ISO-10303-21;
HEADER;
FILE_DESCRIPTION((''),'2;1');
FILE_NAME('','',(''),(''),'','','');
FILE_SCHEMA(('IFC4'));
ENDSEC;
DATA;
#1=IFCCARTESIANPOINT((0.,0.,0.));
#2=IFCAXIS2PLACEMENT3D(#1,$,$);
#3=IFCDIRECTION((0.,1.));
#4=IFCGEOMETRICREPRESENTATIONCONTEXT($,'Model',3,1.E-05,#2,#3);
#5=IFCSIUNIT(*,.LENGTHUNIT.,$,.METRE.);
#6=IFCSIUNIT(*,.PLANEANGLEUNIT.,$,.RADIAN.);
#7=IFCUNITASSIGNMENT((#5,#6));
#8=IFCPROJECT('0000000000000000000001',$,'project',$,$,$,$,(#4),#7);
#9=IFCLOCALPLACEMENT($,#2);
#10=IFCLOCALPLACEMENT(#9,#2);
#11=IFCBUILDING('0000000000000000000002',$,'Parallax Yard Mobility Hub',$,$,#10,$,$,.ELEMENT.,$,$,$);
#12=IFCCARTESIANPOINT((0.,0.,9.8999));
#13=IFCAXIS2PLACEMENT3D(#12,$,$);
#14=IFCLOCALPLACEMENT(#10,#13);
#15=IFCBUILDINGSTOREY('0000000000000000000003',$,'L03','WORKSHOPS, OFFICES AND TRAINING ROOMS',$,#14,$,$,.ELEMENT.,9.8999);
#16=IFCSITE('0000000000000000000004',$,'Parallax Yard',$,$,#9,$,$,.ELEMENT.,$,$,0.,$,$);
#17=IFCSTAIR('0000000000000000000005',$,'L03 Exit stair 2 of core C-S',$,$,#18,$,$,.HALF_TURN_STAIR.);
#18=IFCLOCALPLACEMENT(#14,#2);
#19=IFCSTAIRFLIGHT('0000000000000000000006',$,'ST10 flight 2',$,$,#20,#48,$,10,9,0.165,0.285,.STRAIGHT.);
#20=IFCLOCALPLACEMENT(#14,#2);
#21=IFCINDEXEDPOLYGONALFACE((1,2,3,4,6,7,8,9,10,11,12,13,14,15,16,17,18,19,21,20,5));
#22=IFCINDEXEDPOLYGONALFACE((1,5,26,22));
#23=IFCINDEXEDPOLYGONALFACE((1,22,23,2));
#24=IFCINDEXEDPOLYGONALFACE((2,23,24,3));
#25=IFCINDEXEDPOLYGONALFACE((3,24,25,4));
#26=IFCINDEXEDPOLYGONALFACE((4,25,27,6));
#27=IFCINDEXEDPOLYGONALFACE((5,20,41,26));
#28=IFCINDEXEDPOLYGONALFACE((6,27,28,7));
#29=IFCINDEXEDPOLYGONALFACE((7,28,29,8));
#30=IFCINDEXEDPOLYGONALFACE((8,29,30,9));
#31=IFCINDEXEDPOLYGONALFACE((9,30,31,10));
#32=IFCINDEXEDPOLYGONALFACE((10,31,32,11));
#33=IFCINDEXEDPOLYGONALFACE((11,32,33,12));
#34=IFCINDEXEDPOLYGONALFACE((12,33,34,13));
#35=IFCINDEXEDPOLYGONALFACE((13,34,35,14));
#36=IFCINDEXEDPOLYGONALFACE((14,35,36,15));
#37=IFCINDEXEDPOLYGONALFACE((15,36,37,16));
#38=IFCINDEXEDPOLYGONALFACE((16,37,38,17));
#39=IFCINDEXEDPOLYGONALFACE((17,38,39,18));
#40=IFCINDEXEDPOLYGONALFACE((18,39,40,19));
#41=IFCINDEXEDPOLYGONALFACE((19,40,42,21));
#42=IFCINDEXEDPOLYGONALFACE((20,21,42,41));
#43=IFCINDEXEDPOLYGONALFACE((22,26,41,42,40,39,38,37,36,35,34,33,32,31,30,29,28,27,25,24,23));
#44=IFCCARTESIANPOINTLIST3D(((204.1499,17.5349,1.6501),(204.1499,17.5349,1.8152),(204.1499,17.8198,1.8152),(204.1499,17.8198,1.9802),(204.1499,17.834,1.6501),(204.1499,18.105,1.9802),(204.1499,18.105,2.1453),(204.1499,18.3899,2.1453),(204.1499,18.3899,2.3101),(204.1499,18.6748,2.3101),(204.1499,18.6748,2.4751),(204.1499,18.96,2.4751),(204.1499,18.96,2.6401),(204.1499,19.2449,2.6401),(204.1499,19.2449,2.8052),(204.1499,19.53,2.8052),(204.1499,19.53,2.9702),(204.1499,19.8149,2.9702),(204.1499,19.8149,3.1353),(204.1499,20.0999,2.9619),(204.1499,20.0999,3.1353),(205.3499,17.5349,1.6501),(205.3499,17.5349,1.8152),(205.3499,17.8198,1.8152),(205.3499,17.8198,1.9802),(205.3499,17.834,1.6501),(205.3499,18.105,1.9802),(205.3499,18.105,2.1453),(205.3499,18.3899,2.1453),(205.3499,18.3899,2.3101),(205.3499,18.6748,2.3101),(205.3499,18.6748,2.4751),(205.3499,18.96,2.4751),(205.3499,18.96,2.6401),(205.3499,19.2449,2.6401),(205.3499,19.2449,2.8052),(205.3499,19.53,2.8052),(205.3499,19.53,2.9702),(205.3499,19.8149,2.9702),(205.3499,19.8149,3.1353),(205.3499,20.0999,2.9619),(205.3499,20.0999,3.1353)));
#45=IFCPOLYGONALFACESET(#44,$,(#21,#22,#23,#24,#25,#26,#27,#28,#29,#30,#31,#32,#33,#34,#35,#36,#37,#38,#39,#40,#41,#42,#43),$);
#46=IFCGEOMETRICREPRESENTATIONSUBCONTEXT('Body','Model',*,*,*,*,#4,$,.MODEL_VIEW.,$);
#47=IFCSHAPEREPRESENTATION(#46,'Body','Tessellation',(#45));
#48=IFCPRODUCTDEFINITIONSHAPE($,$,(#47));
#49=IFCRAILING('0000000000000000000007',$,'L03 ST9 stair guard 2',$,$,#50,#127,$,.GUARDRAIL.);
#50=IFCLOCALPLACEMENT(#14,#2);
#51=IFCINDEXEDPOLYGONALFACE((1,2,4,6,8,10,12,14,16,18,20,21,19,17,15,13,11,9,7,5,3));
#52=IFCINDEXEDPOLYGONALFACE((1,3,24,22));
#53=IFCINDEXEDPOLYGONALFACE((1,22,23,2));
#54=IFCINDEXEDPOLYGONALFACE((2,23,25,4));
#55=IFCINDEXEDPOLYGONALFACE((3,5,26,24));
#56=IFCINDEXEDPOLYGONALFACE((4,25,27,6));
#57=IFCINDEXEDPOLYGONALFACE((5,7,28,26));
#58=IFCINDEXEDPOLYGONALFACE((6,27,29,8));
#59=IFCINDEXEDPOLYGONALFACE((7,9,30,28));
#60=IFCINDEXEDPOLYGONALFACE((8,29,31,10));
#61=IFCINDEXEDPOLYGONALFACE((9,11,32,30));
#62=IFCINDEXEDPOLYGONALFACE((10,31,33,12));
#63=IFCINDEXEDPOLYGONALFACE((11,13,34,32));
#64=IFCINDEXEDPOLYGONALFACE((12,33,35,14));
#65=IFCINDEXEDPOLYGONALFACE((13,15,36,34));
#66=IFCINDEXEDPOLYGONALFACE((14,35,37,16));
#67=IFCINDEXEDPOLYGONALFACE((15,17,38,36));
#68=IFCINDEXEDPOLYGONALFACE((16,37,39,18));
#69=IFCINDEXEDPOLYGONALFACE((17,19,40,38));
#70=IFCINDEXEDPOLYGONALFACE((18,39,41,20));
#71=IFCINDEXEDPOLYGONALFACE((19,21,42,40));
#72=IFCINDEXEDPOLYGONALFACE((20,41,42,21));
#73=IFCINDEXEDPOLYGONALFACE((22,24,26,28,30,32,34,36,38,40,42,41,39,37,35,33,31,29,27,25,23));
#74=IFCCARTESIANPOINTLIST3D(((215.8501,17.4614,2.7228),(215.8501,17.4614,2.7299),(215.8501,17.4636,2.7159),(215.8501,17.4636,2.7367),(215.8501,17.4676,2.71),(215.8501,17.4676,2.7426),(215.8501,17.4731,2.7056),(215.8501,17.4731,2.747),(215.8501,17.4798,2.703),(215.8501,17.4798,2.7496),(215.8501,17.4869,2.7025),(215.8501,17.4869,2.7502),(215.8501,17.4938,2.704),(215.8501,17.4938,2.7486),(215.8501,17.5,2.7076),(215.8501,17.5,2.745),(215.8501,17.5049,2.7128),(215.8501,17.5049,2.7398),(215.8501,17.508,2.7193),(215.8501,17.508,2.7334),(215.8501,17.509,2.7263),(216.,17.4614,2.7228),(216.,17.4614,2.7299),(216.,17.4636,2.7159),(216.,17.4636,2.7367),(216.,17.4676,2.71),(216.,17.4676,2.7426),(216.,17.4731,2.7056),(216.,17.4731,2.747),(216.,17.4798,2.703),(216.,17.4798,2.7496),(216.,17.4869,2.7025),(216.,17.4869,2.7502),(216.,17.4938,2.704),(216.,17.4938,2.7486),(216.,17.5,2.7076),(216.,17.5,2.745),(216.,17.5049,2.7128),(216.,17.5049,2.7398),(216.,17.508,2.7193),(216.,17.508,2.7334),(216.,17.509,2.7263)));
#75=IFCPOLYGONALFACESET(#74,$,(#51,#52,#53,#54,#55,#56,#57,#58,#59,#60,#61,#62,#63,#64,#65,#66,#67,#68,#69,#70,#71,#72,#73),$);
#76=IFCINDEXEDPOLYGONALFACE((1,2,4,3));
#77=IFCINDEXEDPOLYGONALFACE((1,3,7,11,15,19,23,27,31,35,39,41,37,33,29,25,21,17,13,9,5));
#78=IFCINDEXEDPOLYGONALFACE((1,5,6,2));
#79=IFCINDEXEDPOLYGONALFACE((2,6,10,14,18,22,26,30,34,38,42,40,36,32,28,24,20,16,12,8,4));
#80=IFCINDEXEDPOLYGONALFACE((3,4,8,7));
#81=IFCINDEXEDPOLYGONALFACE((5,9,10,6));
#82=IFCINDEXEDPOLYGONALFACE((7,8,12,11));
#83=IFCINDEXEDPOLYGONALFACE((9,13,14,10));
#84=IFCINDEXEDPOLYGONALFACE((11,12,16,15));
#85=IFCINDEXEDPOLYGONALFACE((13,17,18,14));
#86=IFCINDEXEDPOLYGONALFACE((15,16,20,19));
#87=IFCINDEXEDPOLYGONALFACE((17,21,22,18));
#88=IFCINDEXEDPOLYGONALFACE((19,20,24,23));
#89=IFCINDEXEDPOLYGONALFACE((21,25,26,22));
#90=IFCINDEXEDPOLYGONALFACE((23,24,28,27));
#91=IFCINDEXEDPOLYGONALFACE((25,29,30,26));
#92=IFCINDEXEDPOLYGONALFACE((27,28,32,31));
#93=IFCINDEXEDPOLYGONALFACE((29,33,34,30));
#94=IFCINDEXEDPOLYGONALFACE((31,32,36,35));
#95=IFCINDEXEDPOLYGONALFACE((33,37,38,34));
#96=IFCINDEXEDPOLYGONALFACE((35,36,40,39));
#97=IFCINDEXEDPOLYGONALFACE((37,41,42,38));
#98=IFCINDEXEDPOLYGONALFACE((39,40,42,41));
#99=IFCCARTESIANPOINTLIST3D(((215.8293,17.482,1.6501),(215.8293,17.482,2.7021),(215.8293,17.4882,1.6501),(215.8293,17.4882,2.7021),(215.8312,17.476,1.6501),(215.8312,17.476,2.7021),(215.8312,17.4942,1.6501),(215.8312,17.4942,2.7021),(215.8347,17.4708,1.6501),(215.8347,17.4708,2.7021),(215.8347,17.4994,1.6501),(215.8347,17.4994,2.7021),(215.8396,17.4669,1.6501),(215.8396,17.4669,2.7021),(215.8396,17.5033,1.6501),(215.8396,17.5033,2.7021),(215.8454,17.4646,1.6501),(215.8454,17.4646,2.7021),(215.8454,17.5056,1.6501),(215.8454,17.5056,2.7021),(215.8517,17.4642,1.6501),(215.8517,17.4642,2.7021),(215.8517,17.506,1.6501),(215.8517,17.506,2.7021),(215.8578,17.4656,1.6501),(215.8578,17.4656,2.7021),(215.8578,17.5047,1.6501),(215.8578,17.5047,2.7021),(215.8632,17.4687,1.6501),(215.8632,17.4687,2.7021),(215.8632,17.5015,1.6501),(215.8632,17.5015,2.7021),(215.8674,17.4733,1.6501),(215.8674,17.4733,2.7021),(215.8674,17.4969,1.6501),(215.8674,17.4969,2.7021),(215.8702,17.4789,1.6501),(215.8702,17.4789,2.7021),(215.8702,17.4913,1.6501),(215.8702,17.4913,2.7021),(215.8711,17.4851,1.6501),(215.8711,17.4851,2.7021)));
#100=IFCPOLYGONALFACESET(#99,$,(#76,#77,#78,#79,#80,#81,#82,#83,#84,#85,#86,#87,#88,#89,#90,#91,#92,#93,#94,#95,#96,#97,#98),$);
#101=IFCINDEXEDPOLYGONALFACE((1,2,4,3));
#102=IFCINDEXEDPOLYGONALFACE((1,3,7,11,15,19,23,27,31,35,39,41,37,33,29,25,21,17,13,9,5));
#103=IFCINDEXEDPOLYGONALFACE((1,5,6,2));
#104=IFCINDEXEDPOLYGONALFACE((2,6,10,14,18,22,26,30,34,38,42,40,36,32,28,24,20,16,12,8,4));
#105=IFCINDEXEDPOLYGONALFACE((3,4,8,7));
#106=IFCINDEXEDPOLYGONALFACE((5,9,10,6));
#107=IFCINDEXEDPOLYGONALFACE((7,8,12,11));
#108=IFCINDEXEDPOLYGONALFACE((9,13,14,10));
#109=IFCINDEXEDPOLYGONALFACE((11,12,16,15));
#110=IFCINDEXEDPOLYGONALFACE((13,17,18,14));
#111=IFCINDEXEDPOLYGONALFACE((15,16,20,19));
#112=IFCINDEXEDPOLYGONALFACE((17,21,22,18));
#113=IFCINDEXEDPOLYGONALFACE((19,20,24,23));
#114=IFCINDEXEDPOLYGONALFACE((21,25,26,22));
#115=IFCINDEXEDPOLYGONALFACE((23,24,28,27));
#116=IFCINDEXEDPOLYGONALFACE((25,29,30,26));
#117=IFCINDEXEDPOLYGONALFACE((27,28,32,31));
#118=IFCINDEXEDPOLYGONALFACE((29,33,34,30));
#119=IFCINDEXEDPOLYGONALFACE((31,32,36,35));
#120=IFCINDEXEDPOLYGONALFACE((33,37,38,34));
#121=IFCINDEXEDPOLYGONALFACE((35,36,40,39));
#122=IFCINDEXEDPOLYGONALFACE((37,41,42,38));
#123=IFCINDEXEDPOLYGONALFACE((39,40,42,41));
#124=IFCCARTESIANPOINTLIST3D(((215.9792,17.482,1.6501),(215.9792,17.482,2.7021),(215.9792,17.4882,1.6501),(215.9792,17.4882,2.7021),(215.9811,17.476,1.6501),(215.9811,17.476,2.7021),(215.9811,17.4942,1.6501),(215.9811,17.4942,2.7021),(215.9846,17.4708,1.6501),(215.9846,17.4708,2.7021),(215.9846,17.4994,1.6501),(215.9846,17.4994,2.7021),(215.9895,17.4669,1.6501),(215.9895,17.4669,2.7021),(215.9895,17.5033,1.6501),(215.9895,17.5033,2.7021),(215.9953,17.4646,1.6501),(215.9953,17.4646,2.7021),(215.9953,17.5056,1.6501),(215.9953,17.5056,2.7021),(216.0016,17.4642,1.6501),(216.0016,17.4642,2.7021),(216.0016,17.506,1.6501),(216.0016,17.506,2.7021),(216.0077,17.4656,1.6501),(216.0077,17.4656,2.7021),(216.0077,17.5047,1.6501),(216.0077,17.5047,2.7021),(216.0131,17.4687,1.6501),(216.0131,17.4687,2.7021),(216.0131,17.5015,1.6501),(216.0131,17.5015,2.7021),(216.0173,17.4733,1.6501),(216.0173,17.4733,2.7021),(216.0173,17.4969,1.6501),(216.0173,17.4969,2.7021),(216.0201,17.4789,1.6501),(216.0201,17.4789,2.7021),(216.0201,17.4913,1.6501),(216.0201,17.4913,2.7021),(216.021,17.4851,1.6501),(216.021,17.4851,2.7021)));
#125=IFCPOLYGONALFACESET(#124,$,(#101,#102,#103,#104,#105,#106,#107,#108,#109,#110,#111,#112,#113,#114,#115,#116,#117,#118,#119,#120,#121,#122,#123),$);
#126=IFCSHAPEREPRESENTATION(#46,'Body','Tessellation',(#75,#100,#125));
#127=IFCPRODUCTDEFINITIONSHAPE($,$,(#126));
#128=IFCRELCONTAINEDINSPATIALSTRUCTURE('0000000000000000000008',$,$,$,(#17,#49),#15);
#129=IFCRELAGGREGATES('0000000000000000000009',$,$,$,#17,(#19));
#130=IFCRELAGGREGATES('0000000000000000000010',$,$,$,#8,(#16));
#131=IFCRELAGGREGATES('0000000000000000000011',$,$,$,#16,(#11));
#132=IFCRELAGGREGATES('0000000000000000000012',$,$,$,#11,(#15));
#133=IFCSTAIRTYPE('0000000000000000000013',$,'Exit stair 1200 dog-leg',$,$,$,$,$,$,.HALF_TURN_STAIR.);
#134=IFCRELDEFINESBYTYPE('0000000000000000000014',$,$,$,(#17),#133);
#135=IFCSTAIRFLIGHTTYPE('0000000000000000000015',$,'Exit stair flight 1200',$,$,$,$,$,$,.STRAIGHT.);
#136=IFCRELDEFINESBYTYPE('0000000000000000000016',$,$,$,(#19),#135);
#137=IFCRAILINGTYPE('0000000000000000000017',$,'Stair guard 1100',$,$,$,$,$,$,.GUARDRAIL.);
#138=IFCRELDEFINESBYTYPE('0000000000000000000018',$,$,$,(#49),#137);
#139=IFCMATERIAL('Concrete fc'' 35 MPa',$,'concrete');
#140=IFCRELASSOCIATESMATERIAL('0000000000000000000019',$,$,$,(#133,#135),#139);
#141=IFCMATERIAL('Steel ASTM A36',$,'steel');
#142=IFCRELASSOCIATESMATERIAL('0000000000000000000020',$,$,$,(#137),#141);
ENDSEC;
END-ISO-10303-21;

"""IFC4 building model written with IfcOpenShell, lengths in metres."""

from ifc_helpers import new_model, si_unit, direction, frame, origin, origin_2d, place, context, subcontext, project, spatial, polyline, circle, outline, extrude, material, type_object, element, aggregate, save


model = new_model("IFC4")

# Units and contexts
model_context = context("Model", 3, precision=1e-05, world=origin(), true_north=direction((0.0, 1.0)))
body_context = subcontext(model_context, "Body", "Model", "MODEL_VIEW")
ifc_project = project(units=[si_unit("LENGTHUNIT", "METRE"), si_unit("PLANEANGLEUNIT", "RADIAN")], contexts=[model_context])

# Site, building, storey
site_placement = place(None, origin())
site = spatial("IfcSite", under=ifc_project, at=site_placement, Name="Parallax Yard", CompositionType="ELEMENT", RefElevation=0.0)
building_placement = place(site_placement, origin())
building = spatial("IfcBuilding", under=site, at=building_placement, Name="Parallax Yard Mobility Hub", CompositionType="ELEMENT")
storey_placement = place(building_placement, frame((0.0, 0.0, 9.8999)))
storey = spatial("IfcBuildingStorey", under=building, at=storey_placement, Name="L03", Description="WORKSHOPS, OFFICES AND TRAINING ROOMS", CompositionType="ELEMENT", Elevation=9.8999)

# Shared definitions
ifc_material_1 = material(Name="Concrete fc' 35 MPa", Category="concrete")

# Stair, stair flight
stair_type = type_object("IfcStairType", Name="Exit stair 1200 dog-leg", PredefinedType="HALF_TURN_STAIR", material=ifc_material_1)
stair_flight_type = type_object("IfcStairFlightType", Name="Exit stair flight 1200", PredefinedType="STRAIGHT", material=ifc_material_1)
stair_1_placement = place(storey_placement, origin())
stair_1 = element("IfcStair", 1, at=stair_1_placement, inside=storey, type_object=stair_type, Name="L03 Exit stair 2 of core C-S", PredefinedType="HALF_TURN_STAIR")
stair_flight_1_placement = place(storey_placement, frame((204.75, 17.5349, 1.6501), z_axis=(0.0, 0.0, 1.0), x_axis=(0.0, 1.0, 0.0)))
stair_flight_1 = element("IfcStairFlight", 2, at=stair_flight_1_placement, type_object=stair_flight_type, Name="ST10 flight 2", NumberOfRisers=10, NumberOfTreads=9, PredefinedType="STRAIGHT", RiserHeight=0.165, TreadLength=0.285, context=body_context, shape_type="SweptSolid", body=[
    extrude(outline(polyline([(0.0, 0.0), (0.0, 0.165), (0.2849, 0.165), (0.2849, 0.3301), (0.5701, 0.3301), (0.5701, 0.4951), (0.855, 0.4951), (0.855, 0.6599), (1.1399, 0.6599), (1.1399, 0.825), (1.425, 0.825), (1.425, 0.99), (1.71, 0.99), (1.71, 1.155), (1.9951, 1.155), (1.9951, 1.3201), (2.28, 1.3201), (2.28, 1.4851), (2.5649, 1.4851), (2.5649, 1.6499), (2.5649, 1.3118), (0.2991, 0.0), (0.0, 0.0)])), frame((0.0, 0.6001, 0.0), z_axis=(0.0, -1.0, 0.0), x_axis=(1.0, 0.0, 0.0)), (0.0, 0.0, 1.0), 1.2),
])
aggregate(stair_1, [stair_flight_1])

# Railing
ifc_material_2 = material(Name="Steel ASTM A36", Category="steel")
railing_type_1 = type_object("IfcRailingType", Name="Stair guard 1100", PredefinedType="GUARDRAIL", material=ifc_material_2)
railing_1_placement = place(storey_placement, frame((215.8501, 17.4851, 1.6501)))
element("IfcRailing", 3, at=railing_1_placement, inside=storey, type_object=railing_type_1, Name="L03 ST9 stair guard 2", PredefinedType="GUARDRAIL", context=body_context, shape_type="SweptSolid", body=[
    extrude(circle(Radius=0.0239, at=origin_2d()), frame((0.0, 0.0, 1.0762), z_axis=(1.0, 0.0, 0.0), x_axis=(0.0, 1.0, 0.0)), (0.0, 0.0, 1.0), 0.1499),
    extrude(circle(Radius=0.021, at=origin_2d()), origin(), (0.0, 0.0, 1.0), 1.052),
    extrude(circle(Radius=0.021, at=origin_2d()), frame((0.1499, 0.0, 0.0)), (0.0, 0.0, 1.0), 1.052),
])

save(model, "model.ifc")
